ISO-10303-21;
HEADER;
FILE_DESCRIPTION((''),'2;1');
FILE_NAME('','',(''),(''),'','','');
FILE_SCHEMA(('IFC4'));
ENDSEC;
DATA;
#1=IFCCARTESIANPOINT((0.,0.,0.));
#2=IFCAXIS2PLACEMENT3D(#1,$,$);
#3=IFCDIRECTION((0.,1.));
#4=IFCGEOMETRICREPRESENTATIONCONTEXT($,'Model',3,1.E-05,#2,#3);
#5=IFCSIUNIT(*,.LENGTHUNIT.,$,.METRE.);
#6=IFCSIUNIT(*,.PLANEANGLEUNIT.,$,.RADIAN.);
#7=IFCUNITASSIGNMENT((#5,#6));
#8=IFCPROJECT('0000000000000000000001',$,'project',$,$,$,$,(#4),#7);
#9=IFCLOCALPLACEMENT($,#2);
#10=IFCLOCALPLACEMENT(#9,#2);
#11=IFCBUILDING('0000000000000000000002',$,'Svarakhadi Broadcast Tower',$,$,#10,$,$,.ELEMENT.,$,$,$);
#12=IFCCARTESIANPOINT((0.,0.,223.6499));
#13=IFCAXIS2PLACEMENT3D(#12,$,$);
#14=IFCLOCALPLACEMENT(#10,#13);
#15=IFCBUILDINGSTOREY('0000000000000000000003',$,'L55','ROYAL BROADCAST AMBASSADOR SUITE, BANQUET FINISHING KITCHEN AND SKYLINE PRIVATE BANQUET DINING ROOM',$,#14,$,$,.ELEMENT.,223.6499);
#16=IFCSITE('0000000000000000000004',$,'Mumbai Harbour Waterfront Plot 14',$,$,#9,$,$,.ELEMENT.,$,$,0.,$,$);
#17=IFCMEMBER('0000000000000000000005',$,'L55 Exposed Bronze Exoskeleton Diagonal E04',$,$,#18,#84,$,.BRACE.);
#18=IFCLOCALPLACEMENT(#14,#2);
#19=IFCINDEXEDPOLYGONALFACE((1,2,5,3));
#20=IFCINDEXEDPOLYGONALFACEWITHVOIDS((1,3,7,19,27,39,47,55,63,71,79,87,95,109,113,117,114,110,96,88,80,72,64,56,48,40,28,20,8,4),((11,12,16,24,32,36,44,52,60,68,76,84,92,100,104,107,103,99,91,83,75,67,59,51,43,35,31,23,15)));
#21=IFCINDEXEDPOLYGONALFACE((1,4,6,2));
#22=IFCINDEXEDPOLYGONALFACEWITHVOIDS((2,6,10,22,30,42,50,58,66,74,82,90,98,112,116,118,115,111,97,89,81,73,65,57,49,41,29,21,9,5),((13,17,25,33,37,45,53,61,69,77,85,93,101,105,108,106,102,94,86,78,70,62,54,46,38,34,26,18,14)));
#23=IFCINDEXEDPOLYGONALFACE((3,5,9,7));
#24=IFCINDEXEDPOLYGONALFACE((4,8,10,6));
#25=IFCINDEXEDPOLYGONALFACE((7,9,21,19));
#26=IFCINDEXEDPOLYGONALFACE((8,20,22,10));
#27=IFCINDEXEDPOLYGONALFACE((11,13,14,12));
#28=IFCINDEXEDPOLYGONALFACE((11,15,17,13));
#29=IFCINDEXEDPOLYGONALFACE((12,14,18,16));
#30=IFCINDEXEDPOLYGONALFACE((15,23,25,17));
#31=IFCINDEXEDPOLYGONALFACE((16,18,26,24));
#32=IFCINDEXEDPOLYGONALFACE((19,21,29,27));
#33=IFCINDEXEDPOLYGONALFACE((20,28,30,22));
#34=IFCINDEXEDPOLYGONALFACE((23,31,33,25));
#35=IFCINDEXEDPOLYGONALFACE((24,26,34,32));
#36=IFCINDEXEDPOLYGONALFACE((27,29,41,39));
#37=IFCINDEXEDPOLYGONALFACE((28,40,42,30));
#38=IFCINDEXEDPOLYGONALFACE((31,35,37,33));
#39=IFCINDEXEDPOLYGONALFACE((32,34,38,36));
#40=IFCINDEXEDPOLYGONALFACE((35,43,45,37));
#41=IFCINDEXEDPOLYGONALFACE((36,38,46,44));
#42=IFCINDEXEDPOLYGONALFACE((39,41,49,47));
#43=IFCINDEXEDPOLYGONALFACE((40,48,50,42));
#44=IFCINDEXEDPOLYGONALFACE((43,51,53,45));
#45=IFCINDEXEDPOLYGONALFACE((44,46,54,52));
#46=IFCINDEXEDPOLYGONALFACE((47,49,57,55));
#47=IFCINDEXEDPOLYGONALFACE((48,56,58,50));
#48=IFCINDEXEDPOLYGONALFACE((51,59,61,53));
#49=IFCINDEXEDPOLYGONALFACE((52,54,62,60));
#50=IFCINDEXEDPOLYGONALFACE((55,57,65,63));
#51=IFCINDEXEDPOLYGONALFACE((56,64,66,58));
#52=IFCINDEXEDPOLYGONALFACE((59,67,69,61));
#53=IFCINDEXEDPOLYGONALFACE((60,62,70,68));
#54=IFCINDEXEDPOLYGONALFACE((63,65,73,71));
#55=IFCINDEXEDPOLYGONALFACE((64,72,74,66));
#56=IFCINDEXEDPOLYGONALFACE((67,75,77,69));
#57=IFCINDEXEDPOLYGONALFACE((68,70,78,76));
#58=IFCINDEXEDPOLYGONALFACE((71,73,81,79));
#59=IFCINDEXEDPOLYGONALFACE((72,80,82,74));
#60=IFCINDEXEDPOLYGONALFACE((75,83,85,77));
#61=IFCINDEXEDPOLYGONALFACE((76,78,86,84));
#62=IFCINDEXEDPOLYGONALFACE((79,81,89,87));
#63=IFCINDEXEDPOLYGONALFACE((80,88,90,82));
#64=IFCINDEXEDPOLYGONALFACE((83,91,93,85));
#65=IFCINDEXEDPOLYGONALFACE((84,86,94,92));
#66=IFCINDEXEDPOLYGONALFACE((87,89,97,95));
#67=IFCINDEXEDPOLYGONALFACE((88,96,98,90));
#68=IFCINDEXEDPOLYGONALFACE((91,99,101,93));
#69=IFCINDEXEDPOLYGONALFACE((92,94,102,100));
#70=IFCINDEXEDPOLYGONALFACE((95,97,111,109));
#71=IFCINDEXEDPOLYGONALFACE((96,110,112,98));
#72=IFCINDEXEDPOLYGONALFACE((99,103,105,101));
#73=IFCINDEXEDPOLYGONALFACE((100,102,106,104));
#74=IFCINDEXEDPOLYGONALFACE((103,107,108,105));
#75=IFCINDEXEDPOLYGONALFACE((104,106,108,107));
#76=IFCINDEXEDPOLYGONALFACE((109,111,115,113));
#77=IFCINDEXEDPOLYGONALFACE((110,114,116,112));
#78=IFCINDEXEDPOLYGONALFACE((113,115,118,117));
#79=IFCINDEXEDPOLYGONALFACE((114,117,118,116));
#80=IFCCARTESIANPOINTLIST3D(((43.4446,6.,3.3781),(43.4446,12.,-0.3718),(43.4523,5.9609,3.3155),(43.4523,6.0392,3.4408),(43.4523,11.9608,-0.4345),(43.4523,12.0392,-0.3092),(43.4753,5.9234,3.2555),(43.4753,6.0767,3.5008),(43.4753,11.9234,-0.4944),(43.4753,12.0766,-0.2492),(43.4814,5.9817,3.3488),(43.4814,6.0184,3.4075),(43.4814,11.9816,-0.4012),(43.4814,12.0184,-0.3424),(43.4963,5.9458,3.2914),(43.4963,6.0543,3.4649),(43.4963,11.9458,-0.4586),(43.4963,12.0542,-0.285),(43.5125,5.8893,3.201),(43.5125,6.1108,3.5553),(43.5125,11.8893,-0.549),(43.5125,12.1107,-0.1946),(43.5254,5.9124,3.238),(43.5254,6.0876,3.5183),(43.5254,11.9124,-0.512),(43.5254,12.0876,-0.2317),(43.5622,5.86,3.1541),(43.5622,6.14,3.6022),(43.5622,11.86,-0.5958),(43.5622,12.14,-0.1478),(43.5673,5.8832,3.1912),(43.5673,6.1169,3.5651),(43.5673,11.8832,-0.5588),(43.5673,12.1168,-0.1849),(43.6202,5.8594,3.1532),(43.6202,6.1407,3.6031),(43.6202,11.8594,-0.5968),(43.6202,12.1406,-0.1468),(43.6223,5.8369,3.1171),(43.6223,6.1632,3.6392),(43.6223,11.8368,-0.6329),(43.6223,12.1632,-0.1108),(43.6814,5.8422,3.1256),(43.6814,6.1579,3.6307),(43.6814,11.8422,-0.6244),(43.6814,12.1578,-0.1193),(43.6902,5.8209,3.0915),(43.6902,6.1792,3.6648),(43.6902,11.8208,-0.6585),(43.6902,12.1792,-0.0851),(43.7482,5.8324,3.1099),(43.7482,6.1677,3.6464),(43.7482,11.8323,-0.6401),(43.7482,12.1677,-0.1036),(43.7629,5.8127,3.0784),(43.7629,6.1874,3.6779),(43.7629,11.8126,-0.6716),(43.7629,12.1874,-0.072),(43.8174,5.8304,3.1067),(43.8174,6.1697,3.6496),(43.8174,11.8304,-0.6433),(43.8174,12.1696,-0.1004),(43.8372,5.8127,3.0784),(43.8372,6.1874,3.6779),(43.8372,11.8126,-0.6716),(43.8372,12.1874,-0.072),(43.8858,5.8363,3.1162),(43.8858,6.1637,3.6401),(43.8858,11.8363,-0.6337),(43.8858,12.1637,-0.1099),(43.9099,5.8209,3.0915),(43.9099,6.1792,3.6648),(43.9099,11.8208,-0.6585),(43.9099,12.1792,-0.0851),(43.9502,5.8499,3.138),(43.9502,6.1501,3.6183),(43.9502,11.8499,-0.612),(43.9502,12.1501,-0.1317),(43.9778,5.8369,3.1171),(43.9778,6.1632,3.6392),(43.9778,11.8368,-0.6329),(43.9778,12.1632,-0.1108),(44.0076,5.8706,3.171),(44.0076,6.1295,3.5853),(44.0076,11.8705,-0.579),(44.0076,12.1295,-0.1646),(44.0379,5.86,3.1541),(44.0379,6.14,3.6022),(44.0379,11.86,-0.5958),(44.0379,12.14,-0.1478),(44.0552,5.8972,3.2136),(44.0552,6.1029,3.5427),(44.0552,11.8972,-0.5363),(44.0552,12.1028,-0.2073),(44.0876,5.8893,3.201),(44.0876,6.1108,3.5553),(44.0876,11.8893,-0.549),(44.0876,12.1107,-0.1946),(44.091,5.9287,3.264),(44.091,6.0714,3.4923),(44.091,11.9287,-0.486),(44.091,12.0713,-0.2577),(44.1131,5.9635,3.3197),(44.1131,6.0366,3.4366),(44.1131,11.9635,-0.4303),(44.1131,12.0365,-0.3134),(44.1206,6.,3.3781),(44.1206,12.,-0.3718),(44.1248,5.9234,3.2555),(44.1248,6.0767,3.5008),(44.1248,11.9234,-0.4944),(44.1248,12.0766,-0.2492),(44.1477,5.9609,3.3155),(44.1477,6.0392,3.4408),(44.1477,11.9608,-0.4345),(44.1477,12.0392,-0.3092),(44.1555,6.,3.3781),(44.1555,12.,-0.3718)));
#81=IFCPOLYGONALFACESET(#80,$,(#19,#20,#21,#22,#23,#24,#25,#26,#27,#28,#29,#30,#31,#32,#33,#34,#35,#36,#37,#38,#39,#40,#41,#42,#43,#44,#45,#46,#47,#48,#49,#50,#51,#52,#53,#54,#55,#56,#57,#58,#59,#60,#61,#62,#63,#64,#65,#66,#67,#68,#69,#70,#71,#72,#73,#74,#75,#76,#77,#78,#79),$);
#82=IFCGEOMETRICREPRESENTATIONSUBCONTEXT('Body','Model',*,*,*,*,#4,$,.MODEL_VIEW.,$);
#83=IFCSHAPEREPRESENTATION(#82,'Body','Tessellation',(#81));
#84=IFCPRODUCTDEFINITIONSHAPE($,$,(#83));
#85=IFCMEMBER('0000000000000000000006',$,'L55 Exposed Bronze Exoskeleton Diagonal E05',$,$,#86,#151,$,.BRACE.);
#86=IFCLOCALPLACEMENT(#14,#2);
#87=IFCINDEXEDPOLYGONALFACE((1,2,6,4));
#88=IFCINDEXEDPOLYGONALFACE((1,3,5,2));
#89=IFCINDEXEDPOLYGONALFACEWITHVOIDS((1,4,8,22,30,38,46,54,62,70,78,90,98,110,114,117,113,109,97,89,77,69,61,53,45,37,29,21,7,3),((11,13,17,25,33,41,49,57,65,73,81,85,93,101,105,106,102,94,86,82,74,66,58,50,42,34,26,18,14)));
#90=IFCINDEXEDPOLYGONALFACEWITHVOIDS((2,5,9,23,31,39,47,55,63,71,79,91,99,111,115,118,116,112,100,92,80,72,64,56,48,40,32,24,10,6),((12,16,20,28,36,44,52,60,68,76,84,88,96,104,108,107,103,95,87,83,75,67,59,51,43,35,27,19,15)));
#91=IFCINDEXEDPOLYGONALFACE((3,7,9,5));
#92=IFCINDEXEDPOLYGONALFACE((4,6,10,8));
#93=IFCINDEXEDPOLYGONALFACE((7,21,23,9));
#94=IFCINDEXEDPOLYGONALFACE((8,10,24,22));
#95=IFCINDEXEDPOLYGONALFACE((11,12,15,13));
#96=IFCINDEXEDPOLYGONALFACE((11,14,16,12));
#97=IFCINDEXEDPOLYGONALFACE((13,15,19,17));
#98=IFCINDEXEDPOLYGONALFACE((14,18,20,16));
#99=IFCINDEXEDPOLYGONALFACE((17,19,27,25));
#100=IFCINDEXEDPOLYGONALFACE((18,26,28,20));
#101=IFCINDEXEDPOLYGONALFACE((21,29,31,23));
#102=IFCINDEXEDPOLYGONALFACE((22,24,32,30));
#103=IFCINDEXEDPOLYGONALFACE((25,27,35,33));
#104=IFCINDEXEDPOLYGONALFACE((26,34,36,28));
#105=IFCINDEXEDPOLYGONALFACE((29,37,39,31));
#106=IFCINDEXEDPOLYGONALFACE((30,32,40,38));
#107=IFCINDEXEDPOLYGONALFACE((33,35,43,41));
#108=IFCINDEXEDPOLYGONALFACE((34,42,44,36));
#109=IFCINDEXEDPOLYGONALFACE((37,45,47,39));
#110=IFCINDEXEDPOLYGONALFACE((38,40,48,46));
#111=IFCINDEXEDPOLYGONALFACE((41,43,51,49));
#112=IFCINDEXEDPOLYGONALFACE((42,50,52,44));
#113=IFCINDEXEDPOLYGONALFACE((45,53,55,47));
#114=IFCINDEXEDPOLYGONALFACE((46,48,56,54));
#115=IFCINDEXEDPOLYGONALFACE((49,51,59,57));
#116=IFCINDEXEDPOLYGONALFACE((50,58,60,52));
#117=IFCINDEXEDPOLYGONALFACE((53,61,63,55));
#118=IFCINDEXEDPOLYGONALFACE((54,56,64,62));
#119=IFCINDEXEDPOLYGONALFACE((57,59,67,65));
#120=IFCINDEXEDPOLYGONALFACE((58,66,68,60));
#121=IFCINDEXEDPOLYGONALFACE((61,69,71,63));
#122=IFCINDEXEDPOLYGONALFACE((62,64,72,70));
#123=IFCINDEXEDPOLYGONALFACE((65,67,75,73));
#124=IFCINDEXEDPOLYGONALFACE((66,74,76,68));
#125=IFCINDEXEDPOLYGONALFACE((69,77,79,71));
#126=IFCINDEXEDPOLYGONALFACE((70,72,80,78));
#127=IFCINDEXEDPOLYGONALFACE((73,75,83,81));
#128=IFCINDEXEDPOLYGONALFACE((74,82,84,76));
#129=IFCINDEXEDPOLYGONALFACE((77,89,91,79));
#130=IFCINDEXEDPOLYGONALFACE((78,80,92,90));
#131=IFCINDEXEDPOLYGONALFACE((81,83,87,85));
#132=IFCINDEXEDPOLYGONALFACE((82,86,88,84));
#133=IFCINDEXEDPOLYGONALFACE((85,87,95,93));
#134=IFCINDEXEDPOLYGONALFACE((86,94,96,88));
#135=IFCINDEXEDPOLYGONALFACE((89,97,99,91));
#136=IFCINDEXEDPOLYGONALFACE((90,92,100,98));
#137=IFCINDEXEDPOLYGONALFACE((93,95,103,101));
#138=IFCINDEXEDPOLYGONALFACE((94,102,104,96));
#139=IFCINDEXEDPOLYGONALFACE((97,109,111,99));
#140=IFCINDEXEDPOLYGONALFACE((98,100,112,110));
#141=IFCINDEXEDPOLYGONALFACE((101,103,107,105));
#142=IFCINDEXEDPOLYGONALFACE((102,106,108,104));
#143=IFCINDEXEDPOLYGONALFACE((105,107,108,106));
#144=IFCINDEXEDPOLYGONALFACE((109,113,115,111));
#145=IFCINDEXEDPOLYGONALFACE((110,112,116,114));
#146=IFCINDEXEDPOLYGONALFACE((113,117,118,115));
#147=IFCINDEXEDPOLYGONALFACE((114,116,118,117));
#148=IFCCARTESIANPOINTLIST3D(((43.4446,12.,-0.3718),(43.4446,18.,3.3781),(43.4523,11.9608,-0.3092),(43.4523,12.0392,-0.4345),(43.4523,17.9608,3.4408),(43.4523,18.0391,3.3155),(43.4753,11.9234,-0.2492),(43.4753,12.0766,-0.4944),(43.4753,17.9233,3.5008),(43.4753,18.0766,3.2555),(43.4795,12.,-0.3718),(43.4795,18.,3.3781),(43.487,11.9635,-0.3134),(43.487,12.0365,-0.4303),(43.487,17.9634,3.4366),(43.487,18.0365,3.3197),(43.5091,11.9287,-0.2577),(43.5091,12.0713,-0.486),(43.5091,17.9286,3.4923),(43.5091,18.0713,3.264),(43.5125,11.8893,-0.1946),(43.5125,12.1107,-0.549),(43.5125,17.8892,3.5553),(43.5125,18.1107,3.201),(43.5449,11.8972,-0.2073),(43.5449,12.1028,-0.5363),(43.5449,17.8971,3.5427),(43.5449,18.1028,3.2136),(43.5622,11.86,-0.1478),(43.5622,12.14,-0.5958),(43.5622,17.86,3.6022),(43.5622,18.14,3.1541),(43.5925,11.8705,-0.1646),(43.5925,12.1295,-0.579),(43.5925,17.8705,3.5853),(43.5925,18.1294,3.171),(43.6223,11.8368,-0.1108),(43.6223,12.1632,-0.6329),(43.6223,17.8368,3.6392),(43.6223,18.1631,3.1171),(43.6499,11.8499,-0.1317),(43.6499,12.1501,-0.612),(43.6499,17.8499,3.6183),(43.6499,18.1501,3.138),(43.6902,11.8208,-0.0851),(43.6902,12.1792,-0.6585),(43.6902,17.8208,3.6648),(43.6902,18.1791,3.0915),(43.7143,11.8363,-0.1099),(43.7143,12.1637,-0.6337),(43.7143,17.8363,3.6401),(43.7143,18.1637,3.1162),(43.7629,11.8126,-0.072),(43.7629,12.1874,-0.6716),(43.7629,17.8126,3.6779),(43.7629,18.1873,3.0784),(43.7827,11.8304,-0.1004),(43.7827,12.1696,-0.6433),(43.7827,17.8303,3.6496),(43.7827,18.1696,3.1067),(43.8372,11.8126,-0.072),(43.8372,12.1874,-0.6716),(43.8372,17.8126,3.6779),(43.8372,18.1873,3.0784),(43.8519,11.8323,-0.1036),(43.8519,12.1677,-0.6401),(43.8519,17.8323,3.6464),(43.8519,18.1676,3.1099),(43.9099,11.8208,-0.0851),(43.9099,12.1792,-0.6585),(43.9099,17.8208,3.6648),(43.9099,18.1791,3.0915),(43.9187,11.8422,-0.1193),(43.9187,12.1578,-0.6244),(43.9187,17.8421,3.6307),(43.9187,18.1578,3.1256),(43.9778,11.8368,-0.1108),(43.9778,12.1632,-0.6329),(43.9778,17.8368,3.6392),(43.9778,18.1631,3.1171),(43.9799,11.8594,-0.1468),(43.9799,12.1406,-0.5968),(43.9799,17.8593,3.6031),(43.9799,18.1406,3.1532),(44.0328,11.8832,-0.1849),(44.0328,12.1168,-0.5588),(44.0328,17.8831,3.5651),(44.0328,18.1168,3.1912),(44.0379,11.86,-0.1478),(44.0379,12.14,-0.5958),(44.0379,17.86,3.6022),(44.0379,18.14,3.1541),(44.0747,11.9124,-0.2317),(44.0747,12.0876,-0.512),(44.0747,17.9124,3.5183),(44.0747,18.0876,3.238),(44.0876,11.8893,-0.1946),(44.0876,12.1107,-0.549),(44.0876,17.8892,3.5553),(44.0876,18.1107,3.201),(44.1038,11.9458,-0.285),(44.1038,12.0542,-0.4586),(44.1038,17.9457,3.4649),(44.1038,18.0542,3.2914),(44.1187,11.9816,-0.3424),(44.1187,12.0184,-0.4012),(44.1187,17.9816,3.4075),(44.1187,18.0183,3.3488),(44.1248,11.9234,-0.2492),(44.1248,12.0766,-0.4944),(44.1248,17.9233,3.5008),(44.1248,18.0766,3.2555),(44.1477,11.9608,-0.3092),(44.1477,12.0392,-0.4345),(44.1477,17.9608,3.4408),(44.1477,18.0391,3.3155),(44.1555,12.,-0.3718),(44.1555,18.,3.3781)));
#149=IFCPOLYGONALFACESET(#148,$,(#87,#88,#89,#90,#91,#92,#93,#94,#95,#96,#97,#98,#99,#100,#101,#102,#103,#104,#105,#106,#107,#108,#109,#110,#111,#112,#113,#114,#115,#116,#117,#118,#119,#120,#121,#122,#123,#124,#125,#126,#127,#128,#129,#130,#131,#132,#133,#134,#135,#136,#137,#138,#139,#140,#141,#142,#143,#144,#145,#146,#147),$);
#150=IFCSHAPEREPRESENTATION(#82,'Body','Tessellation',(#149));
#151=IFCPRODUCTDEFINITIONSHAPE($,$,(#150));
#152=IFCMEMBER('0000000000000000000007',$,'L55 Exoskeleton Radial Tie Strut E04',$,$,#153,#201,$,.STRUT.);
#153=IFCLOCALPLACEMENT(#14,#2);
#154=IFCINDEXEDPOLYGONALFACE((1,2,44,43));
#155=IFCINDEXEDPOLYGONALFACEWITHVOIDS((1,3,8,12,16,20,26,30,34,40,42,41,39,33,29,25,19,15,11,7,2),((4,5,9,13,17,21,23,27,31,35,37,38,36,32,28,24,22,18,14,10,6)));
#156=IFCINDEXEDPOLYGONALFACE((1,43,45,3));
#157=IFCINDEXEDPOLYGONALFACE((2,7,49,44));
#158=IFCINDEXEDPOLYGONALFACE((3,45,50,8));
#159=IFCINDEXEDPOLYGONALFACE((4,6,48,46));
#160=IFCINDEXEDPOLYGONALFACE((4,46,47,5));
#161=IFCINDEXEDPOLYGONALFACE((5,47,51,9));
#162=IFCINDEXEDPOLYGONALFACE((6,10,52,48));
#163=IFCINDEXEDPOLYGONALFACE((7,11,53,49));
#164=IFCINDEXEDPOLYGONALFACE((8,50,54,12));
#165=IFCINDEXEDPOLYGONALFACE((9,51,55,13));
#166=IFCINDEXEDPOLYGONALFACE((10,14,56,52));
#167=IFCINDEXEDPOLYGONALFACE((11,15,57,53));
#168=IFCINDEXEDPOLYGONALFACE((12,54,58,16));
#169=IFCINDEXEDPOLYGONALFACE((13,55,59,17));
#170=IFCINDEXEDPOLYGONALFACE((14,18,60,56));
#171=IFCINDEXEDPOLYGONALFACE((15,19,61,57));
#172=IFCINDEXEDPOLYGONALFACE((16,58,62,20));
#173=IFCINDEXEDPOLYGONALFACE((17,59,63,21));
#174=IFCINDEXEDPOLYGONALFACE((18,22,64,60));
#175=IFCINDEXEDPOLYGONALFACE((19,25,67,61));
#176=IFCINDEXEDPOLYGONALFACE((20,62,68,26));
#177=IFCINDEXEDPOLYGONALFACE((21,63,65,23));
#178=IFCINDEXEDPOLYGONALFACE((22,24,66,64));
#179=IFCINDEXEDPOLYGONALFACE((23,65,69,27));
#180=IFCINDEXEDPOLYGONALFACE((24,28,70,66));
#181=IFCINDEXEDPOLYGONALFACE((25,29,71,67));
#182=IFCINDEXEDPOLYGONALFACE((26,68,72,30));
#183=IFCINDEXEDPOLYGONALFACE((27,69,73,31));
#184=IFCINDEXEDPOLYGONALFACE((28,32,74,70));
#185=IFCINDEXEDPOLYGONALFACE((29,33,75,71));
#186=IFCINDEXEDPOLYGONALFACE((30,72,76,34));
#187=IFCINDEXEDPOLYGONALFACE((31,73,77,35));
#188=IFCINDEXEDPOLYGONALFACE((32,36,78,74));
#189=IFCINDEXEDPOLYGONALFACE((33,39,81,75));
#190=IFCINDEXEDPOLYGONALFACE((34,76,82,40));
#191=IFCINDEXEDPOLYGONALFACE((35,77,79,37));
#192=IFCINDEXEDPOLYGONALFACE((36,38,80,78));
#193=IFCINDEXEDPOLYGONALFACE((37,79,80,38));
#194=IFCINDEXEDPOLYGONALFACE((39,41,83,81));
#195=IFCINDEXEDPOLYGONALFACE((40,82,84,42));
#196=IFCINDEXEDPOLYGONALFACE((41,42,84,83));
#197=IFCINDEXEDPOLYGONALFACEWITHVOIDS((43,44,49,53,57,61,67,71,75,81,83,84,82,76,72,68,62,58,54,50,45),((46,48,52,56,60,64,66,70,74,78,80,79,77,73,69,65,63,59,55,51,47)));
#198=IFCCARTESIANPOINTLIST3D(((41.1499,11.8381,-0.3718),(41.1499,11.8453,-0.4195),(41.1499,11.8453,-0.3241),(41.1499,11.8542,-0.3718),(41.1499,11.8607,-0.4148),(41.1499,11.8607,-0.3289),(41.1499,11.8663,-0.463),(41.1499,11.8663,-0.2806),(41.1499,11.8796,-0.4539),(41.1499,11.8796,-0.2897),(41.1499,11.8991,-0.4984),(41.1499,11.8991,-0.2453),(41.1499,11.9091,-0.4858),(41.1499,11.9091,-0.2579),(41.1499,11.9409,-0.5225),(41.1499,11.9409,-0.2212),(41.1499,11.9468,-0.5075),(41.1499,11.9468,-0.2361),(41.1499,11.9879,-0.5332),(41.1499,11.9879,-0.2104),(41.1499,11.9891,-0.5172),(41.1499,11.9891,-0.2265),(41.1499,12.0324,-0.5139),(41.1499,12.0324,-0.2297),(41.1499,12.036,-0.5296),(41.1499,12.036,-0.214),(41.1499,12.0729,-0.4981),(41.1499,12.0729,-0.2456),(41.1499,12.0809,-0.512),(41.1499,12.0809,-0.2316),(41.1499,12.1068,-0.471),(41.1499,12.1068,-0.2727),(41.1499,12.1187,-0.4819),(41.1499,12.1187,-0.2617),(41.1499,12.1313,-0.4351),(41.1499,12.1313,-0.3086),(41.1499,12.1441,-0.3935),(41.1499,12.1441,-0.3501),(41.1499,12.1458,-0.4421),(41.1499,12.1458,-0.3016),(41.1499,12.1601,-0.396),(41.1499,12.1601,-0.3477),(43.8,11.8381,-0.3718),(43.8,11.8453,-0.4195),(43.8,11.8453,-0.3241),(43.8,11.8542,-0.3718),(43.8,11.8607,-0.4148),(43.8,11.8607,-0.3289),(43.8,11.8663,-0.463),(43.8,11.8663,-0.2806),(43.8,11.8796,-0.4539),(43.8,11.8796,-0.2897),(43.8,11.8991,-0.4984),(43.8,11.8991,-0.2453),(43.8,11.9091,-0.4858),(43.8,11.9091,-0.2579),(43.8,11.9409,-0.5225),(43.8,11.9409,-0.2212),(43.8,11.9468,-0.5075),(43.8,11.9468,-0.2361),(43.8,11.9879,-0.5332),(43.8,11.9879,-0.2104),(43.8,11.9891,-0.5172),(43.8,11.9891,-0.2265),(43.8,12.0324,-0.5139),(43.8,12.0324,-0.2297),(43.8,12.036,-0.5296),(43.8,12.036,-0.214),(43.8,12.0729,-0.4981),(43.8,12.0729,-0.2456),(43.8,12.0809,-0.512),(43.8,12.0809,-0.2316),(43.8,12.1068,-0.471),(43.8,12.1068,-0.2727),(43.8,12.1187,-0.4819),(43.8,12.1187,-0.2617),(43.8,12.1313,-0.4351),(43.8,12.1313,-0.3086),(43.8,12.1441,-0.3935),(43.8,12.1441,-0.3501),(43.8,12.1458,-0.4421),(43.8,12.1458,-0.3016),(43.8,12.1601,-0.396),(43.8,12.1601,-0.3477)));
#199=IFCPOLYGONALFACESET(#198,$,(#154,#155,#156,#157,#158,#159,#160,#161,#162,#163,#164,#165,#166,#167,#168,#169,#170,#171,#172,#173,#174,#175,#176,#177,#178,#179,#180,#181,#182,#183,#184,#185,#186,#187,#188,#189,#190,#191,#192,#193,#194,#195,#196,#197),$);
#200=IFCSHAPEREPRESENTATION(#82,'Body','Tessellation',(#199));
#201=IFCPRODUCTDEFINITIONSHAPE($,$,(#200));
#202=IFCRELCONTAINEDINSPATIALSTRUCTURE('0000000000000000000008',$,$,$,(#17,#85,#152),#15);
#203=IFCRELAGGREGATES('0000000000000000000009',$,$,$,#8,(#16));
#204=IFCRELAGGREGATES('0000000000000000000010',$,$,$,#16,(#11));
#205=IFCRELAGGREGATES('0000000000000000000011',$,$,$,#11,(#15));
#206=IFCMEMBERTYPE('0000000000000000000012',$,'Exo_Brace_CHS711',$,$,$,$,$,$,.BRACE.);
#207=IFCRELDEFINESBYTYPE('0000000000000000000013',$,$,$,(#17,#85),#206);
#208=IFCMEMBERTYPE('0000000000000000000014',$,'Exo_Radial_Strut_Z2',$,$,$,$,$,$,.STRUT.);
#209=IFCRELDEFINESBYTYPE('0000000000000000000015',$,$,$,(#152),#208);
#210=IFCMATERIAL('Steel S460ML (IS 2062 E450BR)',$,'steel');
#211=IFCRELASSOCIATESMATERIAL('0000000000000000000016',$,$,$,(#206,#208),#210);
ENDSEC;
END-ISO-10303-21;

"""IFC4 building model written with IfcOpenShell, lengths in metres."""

from ifc_helpers import new_model, si_unit, direction, frame, origin, origin_2d, place, context, subcontext, project, spatial, hollow_circle, extrude, material, material_profile, profile_set, type_object, element, save


model = new_model("IFC4")

# Units and contexts
model_context = context("Model", 3, precision=1e-05, world=origin(), true_north=direction((0.0, 1.0)))
body_context = subcontext(model_context, "Body", "Model", "MODEL_VIEW")
ifc_project = project(units=[si_unit("LENGTHUNIT", "METRE"), si_unit("PLANEANGLEUNIT", "RADIAN")], contexts=[model_context])

# Site, building, storey
site_placement = place(None, origin())
site = spatial("IfcSite", under=ifc_project, at=site_placement, Name="Mumbai Harbour Waterfront Plot 14", CompositionType="ELEMENT", RefElevation=0.0)
building_placement = place(site_placement, origin())
building = spatial("IfcBuilding", under=site, at=building_placement, Name="Svarakhadi Broadcast Tower", CompositionType="ELEMENT")
storey_placement = place(building_placement, frame((0.0, 0.0, 223.6499)))
storey = spatial("IfcBuildingStorey", under=building, at=storey_placement, Name="L55", Description="ROYAL BROADCAST AMBASSADOR SUITE, BANQUET FINISHING KITCHEN AND SKYLINE PRIVATE BANQUET DINING ROOM", CompositionType="ELEMENT", Elevation=223.6499)

# Shared definitions
ifc_material_1 = material(Name="Steel S460ML (IS 2062 E450BR)", Category="steel")

# Members
ifc_material_profile_1 = material_profile(ifc_material_1, hollow_circle(Radius=0.3555, WallThickness=0.0349, at=origin_2d()), Name="CHS 711x35")
ifc_profile_set_1 = profile_set([ifc_material_profile_1], Name="Steel S460ML (IS 2062 E450BR)")
member_type_1 = type_object("IfcMemberType", Name="Exo_Brace_CHS711", PredefinedType="BRACE", material=ifc_profile_set_1)
for number, where, z_axis, x_axis, name in (
    (1, (43.8, 12.0, -0.3718), (0.0, -0.847998, 0.529999), (1.0, 0.0, 0.0), "L55 Exposed Bronze Exoskeleton Diagonal E04"),
    (2, (43.8, 12.0, -0.3718), (0.0, 0.847998, 0.529999), (-1.0, 0.0, 0.0), "L55 Exposed Bronze Exoskeleton Diagonal E05"),
):
    element("IfcMember", number, at=place(storey_placement, frame(where, z_axis=z_axis, x_axis=x_axis)), inside=storey, type_object=member_type_1, Name=name, PredefinedType="BRACE", context=body_context, shape_type="SweptSolid", body=[
        extrude(hollow_circle(Radius=0.3555, WallThickness=0.0349, at=origin_2d()), origin(), (0.0, 0.0, 1.0), 7.0754),
    ])
ifc_material_profile_2 = material_profile(ifc_material_1, hollow_circle(Radius=0.1619, WallThickness=0.0161, at=origin_2d()), Name="CHS 323.9x16")
ifc_profile_set_2 = profile_set([ifc_material_profile_2], Name="Steel S460ML (IS 2062 E450BR)")
member_type_2 = type_object("IfcMemberType", Name="Exo_Radial_Strut_Z2", PredefinedType="STRUT", material=ifc_profile_set_2)
member_1_placement = place(storey_placement, frame((43.8, 12.0, -0.3718), z_axis=(-1.0, 0.0, 0.0), x_axis=(0.0, -1.0, 0.0)))
element("IfcMember", 3, at=member_1_placement, inside=storey, type_object=member_type_2, Name="L55 Exoskeleton Radial Tie Strut E04", PredefinedType="STRUT", context=body_context, shape_type="SweptSolid", body=[
    extrude(hollow_circle(Radius=0.1619, WallThickness=0.0161, at=origin_2d()), origin(), (0.0, 0.0, 1.0), 2.6501),
])

save(model, "model.ifc")
